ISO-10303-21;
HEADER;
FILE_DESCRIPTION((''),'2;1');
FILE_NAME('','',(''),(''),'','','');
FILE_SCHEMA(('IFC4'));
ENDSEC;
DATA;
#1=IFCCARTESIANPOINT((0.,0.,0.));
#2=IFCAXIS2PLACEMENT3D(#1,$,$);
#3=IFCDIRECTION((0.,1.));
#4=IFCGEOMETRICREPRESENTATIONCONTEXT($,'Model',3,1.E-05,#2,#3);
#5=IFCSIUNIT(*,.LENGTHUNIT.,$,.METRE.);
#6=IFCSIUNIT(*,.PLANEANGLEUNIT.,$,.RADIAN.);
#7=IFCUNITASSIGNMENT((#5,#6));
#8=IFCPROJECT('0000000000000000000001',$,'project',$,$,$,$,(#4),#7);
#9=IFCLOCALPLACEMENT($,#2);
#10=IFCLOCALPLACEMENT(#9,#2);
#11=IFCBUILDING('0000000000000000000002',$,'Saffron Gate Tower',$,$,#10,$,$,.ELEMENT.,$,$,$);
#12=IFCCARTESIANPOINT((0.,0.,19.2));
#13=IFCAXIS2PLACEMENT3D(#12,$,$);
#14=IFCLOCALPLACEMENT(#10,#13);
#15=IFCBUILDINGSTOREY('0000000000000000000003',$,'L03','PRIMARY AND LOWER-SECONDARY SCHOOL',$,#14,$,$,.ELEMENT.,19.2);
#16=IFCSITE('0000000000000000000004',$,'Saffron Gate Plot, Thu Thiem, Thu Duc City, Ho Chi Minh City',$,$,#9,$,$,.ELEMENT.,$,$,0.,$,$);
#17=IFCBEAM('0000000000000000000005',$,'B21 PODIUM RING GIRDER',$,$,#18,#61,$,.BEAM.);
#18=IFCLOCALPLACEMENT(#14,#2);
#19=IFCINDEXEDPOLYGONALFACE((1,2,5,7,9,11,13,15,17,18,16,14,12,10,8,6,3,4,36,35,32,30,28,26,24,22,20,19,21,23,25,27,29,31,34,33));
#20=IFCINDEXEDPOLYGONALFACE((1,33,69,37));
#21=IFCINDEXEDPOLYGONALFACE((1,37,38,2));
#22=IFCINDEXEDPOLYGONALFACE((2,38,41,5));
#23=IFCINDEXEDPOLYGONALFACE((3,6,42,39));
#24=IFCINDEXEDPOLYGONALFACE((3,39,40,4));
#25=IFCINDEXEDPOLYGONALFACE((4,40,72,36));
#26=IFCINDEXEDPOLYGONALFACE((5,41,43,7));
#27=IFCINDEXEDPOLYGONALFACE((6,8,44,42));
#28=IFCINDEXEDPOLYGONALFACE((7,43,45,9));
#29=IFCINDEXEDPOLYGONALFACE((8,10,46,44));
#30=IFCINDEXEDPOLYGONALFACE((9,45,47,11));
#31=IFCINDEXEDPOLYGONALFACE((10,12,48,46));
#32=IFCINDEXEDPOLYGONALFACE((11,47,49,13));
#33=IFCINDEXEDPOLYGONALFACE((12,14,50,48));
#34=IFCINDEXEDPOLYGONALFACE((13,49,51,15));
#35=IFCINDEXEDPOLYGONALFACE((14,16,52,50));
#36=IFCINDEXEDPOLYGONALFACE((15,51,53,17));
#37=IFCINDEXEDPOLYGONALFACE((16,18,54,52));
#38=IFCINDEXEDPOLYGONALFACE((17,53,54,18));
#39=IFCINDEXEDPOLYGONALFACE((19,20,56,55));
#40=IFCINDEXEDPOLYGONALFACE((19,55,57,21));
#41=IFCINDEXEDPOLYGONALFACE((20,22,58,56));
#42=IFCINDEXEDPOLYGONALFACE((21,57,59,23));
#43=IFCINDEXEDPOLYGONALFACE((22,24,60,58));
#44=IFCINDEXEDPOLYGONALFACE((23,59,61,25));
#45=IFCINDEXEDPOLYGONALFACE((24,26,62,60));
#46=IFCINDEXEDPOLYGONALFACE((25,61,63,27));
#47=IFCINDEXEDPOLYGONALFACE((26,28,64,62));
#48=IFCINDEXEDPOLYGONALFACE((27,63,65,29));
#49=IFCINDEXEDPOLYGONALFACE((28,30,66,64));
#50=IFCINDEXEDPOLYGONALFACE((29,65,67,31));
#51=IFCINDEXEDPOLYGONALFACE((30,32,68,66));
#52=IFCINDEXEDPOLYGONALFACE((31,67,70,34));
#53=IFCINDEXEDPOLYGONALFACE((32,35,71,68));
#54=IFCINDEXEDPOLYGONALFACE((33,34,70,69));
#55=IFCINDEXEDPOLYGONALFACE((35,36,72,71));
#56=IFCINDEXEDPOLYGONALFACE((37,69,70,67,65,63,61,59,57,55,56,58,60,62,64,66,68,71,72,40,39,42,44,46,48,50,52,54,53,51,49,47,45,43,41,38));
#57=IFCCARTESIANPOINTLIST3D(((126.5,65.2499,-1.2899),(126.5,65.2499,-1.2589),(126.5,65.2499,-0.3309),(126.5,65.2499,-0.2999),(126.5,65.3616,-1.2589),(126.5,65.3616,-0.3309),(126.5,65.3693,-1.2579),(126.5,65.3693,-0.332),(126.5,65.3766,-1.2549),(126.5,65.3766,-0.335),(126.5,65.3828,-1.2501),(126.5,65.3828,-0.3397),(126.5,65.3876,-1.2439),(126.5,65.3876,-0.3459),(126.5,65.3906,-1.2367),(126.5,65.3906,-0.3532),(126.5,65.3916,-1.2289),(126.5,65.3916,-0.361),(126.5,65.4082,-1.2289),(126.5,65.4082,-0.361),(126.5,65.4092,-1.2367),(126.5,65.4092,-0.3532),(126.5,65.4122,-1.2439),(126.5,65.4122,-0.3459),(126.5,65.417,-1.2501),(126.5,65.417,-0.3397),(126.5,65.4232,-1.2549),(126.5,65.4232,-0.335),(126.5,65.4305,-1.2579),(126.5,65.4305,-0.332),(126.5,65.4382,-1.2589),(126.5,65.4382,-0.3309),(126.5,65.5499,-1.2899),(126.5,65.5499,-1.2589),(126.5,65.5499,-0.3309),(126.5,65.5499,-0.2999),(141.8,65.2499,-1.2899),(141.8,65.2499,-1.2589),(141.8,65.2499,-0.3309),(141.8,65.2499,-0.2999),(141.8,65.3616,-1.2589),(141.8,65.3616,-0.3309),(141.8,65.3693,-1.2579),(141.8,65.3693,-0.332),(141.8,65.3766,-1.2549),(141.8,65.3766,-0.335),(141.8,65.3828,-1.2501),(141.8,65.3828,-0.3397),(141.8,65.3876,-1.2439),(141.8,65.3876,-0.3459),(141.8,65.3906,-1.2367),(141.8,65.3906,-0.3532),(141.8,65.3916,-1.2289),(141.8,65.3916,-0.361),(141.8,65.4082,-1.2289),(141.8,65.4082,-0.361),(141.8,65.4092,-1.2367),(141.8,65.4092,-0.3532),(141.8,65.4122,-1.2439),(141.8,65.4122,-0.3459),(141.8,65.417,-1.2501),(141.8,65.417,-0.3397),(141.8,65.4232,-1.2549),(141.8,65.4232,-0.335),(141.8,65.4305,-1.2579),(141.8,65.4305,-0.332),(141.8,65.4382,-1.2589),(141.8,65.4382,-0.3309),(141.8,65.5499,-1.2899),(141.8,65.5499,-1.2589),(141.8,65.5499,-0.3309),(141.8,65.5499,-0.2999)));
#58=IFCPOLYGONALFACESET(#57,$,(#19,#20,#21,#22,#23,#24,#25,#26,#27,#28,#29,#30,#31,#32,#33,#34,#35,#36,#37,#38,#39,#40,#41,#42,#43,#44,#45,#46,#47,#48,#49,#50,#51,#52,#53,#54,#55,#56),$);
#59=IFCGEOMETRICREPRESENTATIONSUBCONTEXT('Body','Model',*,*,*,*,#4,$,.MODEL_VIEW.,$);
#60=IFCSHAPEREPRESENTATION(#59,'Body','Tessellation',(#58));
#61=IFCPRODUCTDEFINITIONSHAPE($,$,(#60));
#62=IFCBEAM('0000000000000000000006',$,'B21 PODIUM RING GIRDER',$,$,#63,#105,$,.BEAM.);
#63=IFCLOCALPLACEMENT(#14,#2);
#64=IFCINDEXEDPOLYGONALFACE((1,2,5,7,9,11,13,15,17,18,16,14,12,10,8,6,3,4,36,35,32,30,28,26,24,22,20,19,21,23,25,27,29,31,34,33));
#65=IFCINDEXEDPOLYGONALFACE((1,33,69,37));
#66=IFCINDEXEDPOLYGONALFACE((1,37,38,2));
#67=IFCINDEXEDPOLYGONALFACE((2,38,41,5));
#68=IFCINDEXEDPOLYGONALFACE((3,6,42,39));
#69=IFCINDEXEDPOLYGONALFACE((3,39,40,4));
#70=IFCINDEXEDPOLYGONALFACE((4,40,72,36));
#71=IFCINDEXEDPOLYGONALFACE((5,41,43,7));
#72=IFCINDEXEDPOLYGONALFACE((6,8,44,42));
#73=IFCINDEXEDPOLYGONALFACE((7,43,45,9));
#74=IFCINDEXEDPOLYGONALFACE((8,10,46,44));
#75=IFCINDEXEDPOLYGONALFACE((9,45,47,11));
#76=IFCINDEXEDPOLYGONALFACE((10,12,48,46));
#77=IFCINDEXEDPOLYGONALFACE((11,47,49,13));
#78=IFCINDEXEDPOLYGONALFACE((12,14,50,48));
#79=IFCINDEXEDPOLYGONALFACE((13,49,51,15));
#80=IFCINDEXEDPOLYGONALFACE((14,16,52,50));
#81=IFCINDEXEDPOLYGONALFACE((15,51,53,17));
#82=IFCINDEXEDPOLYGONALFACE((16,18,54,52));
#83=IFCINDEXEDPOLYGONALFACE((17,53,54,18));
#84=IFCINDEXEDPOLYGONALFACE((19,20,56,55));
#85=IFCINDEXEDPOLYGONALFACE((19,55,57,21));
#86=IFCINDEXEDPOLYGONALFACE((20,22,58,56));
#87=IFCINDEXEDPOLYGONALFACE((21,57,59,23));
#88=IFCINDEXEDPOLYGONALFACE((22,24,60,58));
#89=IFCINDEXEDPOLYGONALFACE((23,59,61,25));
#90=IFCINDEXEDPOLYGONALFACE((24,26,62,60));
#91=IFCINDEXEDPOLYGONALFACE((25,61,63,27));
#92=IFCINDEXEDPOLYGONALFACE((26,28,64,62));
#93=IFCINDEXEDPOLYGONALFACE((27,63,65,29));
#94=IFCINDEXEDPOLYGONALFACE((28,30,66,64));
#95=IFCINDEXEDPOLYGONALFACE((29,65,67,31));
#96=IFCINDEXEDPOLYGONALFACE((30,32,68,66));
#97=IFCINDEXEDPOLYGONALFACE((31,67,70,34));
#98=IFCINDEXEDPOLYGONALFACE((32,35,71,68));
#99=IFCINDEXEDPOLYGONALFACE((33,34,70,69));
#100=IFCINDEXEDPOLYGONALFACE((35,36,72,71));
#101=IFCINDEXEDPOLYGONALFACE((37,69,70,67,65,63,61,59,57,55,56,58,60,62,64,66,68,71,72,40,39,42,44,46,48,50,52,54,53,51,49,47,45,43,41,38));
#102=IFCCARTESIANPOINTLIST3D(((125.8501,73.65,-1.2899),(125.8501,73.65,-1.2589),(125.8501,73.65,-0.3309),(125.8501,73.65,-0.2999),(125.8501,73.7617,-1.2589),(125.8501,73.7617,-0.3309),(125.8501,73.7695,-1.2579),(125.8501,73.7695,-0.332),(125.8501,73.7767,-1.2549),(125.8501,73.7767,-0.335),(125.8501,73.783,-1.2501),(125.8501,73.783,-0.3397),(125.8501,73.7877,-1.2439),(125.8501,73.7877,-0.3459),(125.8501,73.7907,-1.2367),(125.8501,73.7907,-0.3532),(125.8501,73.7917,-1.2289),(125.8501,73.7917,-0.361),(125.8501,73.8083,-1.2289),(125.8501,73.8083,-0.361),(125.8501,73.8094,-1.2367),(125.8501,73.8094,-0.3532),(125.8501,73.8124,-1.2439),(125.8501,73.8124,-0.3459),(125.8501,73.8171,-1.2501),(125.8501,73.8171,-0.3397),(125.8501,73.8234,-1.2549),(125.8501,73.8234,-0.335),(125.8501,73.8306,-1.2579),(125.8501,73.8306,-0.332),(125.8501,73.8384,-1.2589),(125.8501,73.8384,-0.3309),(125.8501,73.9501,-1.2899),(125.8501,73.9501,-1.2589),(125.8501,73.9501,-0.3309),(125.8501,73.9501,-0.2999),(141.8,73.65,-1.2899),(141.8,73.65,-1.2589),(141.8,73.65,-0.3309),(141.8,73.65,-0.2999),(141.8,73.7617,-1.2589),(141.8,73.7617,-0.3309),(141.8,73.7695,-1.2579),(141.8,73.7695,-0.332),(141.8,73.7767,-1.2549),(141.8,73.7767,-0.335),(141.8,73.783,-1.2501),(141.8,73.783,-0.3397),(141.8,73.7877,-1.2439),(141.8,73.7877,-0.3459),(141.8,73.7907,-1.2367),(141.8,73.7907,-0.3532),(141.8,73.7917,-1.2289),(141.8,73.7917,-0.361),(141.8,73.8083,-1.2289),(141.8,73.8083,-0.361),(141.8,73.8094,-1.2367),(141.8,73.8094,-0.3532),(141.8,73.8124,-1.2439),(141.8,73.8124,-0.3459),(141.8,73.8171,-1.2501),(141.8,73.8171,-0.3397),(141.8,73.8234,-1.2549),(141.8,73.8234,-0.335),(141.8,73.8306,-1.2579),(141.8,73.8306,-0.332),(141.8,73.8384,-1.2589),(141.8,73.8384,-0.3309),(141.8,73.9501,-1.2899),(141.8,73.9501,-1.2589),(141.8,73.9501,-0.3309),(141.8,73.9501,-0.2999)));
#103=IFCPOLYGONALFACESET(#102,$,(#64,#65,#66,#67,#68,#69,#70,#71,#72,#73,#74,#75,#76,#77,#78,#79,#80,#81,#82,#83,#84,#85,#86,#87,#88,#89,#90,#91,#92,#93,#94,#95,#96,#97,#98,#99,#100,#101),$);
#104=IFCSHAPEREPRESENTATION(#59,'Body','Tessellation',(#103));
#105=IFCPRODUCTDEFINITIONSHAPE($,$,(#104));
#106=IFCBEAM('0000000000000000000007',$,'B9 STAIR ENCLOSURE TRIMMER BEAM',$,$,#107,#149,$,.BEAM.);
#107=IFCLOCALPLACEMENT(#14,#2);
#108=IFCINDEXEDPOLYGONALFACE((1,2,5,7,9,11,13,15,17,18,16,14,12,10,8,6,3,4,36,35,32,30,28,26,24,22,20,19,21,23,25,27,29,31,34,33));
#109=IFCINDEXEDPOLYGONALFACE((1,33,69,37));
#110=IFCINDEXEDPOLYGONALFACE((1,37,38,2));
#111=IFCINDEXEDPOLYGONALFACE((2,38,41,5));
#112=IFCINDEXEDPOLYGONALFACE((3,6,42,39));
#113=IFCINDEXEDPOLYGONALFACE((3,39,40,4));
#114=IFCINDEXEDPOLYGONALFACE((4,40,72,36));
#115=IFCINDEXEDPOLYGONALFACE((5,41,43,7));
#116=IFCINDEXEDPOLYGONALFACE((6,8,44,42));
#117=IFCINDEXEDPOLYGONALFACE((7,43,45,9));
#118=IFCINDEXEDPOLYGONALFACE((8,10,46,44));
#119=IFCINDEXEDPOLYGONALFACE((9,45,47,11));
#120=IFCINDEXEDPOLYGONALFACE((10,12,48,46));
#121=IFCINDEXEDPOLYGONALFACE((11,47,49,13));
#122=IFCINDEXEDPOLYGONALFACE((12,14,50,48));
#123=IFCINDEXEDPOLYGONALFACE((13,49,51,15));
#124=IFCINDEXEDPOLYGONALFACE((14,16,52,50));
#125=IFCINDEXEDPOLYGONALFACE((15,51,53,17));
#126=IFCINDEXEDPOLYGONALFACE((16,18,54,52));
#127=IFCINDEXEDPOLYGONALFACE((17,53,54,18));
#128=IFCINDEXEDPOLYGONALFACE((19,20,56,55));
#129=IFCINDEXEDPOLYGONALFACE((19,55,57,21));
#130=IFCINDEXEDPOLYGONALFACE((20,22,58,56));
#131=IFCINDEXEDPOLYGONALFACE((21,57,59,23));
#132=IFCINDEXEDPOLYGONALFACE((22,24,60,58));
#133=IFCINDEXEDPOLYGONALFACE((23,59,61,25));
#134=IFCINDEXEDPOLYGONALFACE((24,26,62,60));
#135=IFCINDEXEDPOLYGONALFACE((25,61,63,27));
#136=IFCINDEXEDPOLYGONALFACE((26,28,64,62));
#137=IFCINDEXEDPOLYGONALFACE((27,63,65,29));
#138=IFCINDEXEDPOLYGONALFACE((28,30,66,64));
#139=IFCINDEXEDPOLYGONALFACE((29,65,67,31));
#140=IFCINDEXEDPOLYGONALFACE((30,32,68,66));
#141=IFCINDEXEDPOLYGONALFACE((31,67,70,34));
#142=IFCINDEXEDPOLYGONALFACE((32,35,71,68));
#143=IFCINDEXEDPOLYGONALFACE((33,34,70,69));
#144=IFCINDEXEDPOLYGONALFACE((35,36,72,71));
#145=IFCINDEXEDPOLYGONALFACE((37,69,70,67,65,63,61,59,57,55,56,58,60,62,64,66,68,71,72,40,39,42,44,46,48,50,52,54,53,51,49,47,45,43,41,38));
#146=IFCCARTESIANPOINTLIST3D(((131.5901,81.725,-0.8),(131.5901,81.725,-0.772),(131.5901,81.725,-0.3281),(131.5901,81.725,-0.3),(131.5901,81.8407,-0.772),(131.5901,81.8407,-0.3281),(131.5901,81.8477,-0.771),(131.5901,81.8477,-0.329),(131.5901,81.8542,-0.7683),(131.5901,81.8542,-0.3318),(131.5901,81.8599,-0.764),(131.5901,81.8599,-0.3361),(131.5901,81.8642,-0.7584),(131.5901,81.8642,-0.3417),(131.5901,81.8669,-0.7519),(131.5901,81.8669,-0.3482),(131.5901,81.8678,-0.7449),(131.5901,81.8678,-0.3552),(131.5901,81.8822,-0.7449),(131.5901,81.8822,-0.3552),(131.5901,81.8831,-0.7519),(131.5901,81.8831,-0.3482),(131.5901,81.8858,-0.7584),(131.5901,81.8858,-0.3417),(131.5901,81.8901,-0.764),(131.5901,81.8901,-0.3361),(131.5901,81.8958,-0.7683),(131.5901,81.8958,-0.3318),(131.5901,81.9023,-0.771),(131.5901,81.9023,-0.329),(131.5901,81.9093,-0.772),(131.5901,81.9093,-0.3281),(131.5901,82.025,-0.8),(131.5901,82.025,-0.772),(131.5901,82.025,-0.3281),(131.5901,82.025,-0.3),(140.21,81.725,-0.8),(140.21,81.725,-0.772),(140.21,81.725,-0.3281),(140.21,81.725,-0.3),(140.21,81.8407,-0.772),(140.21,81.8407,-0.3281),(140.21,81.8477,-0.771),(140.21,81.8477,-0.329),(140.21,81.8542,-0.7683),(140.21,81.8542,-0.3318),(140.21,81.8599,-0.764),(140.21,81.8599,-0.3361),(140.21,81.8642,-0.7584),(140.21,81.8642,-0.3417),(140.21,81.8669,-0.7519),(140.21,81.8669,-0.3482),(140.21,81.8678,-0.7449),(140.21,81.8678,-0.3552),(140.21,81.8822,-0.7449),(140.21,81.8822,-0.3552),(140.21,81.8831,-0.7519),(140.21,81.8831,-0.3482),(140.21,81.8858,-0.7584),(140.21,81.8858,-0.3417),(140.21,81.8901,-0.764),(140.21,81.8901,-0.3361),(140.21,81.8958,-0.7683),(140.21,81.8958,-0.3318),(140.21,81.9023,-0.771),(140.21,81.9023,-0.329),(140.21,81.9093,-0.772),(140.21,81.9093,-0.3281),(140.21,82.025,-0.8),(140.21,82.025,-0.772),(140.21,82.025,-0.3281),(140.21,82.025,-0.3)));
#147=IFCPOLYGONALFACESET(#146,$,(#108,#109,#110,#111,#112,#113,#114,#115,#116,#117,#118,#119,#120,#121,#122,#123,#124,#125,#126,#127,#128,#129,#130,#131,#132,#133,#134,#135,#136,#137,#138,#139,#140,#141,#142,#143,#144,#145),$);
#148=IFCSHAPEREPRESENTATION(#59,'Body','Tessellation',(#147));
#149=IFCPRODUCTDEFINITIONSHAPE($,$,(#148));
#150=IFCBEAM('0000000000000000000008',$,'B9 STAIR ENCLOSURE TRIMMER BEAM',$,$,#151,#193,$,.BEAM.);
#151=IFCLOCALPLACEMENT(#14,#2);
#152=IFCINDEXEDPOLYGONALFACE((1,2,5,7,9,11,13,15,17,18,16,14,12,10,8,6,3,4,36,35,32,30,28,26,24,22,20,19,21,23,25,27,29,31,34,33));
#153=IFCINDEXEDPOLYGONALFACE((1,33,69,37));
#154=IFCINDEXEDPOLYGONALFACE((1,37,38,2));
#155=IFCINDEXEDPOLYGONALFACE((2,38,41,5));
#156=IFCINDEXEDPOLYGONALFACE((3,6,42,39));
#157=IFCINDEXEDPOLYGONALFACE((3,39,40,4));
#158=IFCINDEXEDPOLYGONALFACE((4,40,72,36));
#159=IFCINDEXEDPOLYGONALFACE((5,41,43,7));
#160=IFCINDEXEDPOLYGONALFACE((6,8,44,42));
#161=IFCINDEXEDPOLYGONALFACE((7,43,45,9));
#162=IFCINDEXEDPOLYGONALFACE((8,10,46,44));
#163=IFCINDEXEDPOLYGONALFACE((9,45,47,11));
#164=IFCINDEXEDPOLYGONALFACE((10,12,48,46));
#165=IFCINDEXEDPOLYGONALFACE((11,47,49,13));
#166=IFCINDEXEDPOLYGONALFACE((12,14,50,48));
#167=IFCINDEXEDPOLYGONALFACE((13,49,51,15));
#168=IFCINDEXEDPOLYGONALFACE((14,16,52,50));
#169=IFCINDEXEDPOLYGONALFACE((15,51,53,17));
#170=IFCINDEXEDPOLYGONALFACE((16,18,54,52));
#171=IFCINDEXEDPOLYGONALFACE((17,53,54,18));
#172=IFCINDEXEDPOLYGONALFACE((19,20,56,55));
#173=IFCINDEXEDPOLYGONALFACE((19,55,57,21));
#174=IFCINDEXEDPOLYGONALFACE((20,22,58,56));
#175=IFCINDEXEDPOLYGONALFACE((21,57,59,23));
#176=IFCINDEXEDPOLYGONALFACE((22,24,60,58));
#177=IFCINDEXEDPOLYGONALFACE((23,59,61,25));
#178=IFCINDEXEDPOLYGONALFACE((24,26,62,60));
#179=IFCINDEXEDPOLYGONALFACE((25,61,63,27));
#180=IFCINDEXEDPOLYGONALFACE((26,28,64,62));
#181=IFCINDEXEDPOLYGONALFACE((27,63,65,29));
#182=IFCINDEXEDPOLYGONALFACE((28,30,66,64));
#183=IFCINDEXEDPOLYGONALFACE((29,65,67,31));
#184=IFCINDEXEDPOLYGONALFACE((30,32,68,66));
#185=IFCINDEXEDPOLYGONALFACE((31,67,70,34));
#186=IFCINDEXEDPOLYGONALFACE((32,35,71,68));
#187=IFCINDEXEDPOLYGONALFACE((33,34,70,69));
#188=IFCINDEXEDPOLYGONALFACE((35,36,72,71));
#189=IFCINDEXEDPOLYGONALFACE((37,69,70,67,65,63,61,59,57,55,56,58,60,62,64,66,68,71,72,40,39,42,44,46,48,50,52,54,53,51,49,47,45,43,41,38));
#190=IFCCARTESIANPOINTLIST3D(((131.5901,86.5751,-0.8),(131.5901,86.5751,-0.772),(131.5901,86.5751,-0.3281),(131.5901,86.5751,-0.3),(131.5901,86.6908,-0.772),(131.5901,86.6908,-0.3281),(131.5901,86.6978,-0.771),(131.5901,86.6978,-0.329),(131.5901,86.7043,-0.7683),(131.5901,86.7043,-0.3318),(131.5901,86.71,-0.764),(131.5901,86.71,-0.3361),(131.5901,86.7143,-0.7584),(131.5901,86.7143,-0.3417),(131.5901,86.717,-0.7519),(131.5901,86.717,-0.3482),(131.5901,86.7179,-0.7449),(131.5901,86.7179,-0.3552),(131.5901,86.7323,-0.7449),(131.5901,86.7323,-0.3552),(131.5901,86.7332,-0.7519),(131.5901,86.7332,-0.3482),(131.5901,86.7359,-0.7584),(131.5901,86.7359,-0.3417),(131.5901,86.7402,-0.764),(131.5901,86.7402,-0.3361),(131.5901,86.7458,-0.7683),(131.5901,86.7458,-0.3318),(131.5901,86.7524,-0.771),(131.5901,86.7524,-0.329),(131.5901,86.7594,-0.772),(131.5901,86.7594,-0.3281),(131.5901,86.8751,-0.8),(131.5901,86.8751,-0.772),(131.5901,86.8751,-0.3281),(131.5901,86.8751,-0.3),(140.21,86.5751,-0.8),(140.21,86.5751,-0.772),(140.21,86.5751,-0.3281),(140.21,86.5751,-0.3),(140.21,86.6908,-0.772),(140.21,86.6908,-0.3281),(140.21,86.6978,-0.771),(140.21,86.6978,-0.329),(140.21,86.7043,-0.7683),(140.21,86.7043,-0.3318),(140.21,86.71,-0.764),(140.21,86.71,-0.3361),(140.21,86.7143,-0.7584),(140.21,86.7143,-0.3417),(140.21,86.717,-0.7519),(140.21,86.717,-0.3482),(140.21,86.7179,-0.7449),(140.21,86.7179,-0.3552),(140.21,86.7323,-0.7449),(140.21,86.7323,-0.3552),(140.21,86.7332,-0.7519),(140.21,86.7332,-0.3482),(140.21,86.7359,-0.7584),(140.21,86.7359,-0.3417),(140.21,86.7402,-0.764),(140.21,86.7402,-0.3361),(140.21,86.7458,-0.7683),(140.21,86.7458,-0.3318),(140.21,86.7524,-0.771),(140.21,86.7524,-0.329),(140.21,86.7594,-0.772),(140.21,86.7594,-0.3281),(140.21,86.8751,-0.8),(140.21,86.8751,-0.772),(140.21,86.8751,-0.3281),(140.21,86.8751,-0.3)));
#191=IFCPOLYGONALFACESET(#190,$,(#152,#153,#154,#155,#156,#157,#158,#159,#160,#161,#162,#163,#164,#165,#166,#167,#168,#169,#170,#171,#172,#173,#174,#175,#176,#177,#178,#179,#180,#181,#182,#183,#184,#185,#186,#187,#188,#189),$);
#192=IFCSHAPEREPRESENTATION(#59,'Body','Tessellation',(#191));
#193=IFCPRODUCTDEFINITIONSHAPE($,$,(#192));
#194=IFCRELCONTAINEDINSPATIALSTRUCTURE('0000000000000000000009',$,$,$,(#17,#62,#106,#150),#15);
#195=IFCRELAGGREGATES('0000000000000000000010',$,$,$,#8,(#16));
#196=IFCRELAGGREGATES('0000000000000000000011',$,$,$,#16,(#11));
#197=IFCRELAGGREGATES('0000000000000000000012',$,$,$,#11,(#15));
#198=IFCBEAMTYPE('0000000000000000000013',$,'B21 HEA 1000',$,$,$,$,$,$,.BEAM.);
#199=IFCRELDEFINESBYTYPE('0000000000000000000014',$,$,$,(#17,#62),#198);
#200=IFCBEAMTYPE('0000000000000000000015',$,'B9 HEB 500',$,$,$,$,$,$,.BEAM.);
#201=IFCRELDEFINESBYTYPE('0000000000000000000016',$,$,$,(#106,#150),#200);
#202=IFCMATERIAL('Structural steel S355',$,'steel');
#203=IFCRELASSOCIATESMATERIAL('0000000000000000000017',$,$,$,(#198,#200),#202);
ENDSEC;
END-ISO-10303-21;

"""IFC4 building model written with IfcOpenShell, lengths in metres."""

from ifc_helpers import new_model, si_unit, direction, frame, origin, origin_2d, place, context, subcontext, project, spatial, i_section, extrude, material, material_profile, profile_set, type_object, element, save


model = new_model("IFC4")

# Units and contexts
model_context = context("Model", 3, precision=1e-05, world=origin(), true_north=direction((0.0, 1.0)))
body_context = subcontext(model_context, "Body", "Model", "MODEL_VIEW")
ifc_project = project(units=[si_unit("LENGTHUNIT", "METRE"), si_unit("PLANEANGLEUNIT", "RADIAN")], contexts=[model_context])

# Site, building, storey
site_placement = place(None, origin())
site = spatial("IfcSite", under=ifc_project, at=site_placement, Name="Saffron Gate Plot, Thu Thiem, Thu Duc City, Ho Chi Minh City", CompositionType="ELEMENT", RefElevation=0.0)
building_placement = place(site_placement, origin())
building = spatial("IfcBuilding", under=site, at=building_placement, Name="Saffron Gate Tower", CompositionType="ELEMENT")
storey_placement = place(building_placement, frame((0.0, 0.0, 19.2)))
storey = spatial("IfcBuildingStorey", under=building, at=storey_placement, Name="L03", Description="PRIMARY AND LOWER-SECONDARY SCHOOL", CompositionType="ELEMENT", Elevation=19.2)

# Beams
ifc_material_1 = material(Name="Structural steel S355", Category="steel")
ifc_material_profile_1 = material_profile(ifc_material_1, i_section(OverallWidth=0.3, OverallDepth=0.99, WebThickness=0.0166, FlangeThickness=0.031, FilletRadius=0.03, at=origin_2d()))
ifc_profile_set_1 = profile_set([ifc_material_profile_1], Name="Structural steel S355")
beam_type_1 = type_object("IfcBeamType", Name="B21 HEA 1000", PredefinedType="BEAM", material=ifc_profile_set_1)
beam_1_placement = place(storey_placement, frame((141.8, 65.3999, -0.7949), z_axis=(-1.0, 0.0, 0.0), x_axis=(0.0, -1.0, 0.0)))
element("IfcBeam", 1, at=beam_1_placement, inside=storey, type_object=beam_type_1, Name="B21 PODIUM RING GIRDER", PredefinedType="BEAM", context=body_context, shape_type="SweptSolid", body=[
    extrude(i_section(OverallWidth=0.3, OverallDepth=0.99, WebThickness=0.0166, FlangeThickness=0.031, FilletRadius=0.03, at=origin_2d()), origin(), (0.0, 0.0, 1.0), 15.3),
])
beam_2_placement = place(storey_placement, frame((141.8, 73.8, -0.7949), z_axis=(-1.0, 0.0, 0.0), x_axis=(0.0, -1.0, 0.0)))
element("IfcBeam", 2, at=beam_2_placement, inside=storey, type_object=beam_type_1, Name="B21 PODIUM RING GIRDER", PredefinedType="BEAM", context=body_context, shape_type="SweptSolid", body=[
    extrude(i_section(OverallWidth=0.3, OverallDepth=0.99, WebThickness=0.0166, FlangeThickness=0.031, FilletRadius=0.03, at=origin_2d()), origin(), (0.0, 0.0, 1.0), 15.95),
])
ifc_material_profile_2 = material_profile(ifc_material_1, i_section(OverallWidth=0.3, OverallDepth=0.5, WebThickness=0.0144, FlangeThickness=0.0281, FilletRadius=0.0271, at=origin_2d()))
ifc_profile_set_2 = profile_set([ifc_material_profile_2], Name="Structural steel S355")
beam_type_2 = type_object("IfcBeamType", Name="B9 HEB 500", PredefinedType="BEAM", material=ifc_profile_set_2)
for number, where, z_axis, x_axis, name in (
    (3, (131.5901, 81.875, -0.55), (1.0, 0.0, 0.0), (0.0, 1.0, 0.0), "B9 STAIR ENCLOSURE TRIMMER BEAM"),
    (4, (131.5901, 86.7251, -0.55), (1.0, 0.0, 0.0), (0.0, 1.0, 0.0), "B9 STAIR ENCLOSURE TRIMMER BEAM"),
):
    element("IfcBeam", number, at=place(storey_placement, frame(where, z_axis=z_axis, x_axis=x_axis)), inside=storey, type_object=beam_type_2, Name=name, PredefinedType="BEAM", context=body_context, shape_type="SweptSolid", body=[
        extrude(i_section(OverallWidth=0.3, OverallDepth=0.5, WebThickness=0.0144, FlangeThickness=0.0281, FilletRadius=0.0271, at=origin_2d()), origin(), (0.0, 0.0, 1.0), 8.6199),
    ])

save(model, "model.ifc")
